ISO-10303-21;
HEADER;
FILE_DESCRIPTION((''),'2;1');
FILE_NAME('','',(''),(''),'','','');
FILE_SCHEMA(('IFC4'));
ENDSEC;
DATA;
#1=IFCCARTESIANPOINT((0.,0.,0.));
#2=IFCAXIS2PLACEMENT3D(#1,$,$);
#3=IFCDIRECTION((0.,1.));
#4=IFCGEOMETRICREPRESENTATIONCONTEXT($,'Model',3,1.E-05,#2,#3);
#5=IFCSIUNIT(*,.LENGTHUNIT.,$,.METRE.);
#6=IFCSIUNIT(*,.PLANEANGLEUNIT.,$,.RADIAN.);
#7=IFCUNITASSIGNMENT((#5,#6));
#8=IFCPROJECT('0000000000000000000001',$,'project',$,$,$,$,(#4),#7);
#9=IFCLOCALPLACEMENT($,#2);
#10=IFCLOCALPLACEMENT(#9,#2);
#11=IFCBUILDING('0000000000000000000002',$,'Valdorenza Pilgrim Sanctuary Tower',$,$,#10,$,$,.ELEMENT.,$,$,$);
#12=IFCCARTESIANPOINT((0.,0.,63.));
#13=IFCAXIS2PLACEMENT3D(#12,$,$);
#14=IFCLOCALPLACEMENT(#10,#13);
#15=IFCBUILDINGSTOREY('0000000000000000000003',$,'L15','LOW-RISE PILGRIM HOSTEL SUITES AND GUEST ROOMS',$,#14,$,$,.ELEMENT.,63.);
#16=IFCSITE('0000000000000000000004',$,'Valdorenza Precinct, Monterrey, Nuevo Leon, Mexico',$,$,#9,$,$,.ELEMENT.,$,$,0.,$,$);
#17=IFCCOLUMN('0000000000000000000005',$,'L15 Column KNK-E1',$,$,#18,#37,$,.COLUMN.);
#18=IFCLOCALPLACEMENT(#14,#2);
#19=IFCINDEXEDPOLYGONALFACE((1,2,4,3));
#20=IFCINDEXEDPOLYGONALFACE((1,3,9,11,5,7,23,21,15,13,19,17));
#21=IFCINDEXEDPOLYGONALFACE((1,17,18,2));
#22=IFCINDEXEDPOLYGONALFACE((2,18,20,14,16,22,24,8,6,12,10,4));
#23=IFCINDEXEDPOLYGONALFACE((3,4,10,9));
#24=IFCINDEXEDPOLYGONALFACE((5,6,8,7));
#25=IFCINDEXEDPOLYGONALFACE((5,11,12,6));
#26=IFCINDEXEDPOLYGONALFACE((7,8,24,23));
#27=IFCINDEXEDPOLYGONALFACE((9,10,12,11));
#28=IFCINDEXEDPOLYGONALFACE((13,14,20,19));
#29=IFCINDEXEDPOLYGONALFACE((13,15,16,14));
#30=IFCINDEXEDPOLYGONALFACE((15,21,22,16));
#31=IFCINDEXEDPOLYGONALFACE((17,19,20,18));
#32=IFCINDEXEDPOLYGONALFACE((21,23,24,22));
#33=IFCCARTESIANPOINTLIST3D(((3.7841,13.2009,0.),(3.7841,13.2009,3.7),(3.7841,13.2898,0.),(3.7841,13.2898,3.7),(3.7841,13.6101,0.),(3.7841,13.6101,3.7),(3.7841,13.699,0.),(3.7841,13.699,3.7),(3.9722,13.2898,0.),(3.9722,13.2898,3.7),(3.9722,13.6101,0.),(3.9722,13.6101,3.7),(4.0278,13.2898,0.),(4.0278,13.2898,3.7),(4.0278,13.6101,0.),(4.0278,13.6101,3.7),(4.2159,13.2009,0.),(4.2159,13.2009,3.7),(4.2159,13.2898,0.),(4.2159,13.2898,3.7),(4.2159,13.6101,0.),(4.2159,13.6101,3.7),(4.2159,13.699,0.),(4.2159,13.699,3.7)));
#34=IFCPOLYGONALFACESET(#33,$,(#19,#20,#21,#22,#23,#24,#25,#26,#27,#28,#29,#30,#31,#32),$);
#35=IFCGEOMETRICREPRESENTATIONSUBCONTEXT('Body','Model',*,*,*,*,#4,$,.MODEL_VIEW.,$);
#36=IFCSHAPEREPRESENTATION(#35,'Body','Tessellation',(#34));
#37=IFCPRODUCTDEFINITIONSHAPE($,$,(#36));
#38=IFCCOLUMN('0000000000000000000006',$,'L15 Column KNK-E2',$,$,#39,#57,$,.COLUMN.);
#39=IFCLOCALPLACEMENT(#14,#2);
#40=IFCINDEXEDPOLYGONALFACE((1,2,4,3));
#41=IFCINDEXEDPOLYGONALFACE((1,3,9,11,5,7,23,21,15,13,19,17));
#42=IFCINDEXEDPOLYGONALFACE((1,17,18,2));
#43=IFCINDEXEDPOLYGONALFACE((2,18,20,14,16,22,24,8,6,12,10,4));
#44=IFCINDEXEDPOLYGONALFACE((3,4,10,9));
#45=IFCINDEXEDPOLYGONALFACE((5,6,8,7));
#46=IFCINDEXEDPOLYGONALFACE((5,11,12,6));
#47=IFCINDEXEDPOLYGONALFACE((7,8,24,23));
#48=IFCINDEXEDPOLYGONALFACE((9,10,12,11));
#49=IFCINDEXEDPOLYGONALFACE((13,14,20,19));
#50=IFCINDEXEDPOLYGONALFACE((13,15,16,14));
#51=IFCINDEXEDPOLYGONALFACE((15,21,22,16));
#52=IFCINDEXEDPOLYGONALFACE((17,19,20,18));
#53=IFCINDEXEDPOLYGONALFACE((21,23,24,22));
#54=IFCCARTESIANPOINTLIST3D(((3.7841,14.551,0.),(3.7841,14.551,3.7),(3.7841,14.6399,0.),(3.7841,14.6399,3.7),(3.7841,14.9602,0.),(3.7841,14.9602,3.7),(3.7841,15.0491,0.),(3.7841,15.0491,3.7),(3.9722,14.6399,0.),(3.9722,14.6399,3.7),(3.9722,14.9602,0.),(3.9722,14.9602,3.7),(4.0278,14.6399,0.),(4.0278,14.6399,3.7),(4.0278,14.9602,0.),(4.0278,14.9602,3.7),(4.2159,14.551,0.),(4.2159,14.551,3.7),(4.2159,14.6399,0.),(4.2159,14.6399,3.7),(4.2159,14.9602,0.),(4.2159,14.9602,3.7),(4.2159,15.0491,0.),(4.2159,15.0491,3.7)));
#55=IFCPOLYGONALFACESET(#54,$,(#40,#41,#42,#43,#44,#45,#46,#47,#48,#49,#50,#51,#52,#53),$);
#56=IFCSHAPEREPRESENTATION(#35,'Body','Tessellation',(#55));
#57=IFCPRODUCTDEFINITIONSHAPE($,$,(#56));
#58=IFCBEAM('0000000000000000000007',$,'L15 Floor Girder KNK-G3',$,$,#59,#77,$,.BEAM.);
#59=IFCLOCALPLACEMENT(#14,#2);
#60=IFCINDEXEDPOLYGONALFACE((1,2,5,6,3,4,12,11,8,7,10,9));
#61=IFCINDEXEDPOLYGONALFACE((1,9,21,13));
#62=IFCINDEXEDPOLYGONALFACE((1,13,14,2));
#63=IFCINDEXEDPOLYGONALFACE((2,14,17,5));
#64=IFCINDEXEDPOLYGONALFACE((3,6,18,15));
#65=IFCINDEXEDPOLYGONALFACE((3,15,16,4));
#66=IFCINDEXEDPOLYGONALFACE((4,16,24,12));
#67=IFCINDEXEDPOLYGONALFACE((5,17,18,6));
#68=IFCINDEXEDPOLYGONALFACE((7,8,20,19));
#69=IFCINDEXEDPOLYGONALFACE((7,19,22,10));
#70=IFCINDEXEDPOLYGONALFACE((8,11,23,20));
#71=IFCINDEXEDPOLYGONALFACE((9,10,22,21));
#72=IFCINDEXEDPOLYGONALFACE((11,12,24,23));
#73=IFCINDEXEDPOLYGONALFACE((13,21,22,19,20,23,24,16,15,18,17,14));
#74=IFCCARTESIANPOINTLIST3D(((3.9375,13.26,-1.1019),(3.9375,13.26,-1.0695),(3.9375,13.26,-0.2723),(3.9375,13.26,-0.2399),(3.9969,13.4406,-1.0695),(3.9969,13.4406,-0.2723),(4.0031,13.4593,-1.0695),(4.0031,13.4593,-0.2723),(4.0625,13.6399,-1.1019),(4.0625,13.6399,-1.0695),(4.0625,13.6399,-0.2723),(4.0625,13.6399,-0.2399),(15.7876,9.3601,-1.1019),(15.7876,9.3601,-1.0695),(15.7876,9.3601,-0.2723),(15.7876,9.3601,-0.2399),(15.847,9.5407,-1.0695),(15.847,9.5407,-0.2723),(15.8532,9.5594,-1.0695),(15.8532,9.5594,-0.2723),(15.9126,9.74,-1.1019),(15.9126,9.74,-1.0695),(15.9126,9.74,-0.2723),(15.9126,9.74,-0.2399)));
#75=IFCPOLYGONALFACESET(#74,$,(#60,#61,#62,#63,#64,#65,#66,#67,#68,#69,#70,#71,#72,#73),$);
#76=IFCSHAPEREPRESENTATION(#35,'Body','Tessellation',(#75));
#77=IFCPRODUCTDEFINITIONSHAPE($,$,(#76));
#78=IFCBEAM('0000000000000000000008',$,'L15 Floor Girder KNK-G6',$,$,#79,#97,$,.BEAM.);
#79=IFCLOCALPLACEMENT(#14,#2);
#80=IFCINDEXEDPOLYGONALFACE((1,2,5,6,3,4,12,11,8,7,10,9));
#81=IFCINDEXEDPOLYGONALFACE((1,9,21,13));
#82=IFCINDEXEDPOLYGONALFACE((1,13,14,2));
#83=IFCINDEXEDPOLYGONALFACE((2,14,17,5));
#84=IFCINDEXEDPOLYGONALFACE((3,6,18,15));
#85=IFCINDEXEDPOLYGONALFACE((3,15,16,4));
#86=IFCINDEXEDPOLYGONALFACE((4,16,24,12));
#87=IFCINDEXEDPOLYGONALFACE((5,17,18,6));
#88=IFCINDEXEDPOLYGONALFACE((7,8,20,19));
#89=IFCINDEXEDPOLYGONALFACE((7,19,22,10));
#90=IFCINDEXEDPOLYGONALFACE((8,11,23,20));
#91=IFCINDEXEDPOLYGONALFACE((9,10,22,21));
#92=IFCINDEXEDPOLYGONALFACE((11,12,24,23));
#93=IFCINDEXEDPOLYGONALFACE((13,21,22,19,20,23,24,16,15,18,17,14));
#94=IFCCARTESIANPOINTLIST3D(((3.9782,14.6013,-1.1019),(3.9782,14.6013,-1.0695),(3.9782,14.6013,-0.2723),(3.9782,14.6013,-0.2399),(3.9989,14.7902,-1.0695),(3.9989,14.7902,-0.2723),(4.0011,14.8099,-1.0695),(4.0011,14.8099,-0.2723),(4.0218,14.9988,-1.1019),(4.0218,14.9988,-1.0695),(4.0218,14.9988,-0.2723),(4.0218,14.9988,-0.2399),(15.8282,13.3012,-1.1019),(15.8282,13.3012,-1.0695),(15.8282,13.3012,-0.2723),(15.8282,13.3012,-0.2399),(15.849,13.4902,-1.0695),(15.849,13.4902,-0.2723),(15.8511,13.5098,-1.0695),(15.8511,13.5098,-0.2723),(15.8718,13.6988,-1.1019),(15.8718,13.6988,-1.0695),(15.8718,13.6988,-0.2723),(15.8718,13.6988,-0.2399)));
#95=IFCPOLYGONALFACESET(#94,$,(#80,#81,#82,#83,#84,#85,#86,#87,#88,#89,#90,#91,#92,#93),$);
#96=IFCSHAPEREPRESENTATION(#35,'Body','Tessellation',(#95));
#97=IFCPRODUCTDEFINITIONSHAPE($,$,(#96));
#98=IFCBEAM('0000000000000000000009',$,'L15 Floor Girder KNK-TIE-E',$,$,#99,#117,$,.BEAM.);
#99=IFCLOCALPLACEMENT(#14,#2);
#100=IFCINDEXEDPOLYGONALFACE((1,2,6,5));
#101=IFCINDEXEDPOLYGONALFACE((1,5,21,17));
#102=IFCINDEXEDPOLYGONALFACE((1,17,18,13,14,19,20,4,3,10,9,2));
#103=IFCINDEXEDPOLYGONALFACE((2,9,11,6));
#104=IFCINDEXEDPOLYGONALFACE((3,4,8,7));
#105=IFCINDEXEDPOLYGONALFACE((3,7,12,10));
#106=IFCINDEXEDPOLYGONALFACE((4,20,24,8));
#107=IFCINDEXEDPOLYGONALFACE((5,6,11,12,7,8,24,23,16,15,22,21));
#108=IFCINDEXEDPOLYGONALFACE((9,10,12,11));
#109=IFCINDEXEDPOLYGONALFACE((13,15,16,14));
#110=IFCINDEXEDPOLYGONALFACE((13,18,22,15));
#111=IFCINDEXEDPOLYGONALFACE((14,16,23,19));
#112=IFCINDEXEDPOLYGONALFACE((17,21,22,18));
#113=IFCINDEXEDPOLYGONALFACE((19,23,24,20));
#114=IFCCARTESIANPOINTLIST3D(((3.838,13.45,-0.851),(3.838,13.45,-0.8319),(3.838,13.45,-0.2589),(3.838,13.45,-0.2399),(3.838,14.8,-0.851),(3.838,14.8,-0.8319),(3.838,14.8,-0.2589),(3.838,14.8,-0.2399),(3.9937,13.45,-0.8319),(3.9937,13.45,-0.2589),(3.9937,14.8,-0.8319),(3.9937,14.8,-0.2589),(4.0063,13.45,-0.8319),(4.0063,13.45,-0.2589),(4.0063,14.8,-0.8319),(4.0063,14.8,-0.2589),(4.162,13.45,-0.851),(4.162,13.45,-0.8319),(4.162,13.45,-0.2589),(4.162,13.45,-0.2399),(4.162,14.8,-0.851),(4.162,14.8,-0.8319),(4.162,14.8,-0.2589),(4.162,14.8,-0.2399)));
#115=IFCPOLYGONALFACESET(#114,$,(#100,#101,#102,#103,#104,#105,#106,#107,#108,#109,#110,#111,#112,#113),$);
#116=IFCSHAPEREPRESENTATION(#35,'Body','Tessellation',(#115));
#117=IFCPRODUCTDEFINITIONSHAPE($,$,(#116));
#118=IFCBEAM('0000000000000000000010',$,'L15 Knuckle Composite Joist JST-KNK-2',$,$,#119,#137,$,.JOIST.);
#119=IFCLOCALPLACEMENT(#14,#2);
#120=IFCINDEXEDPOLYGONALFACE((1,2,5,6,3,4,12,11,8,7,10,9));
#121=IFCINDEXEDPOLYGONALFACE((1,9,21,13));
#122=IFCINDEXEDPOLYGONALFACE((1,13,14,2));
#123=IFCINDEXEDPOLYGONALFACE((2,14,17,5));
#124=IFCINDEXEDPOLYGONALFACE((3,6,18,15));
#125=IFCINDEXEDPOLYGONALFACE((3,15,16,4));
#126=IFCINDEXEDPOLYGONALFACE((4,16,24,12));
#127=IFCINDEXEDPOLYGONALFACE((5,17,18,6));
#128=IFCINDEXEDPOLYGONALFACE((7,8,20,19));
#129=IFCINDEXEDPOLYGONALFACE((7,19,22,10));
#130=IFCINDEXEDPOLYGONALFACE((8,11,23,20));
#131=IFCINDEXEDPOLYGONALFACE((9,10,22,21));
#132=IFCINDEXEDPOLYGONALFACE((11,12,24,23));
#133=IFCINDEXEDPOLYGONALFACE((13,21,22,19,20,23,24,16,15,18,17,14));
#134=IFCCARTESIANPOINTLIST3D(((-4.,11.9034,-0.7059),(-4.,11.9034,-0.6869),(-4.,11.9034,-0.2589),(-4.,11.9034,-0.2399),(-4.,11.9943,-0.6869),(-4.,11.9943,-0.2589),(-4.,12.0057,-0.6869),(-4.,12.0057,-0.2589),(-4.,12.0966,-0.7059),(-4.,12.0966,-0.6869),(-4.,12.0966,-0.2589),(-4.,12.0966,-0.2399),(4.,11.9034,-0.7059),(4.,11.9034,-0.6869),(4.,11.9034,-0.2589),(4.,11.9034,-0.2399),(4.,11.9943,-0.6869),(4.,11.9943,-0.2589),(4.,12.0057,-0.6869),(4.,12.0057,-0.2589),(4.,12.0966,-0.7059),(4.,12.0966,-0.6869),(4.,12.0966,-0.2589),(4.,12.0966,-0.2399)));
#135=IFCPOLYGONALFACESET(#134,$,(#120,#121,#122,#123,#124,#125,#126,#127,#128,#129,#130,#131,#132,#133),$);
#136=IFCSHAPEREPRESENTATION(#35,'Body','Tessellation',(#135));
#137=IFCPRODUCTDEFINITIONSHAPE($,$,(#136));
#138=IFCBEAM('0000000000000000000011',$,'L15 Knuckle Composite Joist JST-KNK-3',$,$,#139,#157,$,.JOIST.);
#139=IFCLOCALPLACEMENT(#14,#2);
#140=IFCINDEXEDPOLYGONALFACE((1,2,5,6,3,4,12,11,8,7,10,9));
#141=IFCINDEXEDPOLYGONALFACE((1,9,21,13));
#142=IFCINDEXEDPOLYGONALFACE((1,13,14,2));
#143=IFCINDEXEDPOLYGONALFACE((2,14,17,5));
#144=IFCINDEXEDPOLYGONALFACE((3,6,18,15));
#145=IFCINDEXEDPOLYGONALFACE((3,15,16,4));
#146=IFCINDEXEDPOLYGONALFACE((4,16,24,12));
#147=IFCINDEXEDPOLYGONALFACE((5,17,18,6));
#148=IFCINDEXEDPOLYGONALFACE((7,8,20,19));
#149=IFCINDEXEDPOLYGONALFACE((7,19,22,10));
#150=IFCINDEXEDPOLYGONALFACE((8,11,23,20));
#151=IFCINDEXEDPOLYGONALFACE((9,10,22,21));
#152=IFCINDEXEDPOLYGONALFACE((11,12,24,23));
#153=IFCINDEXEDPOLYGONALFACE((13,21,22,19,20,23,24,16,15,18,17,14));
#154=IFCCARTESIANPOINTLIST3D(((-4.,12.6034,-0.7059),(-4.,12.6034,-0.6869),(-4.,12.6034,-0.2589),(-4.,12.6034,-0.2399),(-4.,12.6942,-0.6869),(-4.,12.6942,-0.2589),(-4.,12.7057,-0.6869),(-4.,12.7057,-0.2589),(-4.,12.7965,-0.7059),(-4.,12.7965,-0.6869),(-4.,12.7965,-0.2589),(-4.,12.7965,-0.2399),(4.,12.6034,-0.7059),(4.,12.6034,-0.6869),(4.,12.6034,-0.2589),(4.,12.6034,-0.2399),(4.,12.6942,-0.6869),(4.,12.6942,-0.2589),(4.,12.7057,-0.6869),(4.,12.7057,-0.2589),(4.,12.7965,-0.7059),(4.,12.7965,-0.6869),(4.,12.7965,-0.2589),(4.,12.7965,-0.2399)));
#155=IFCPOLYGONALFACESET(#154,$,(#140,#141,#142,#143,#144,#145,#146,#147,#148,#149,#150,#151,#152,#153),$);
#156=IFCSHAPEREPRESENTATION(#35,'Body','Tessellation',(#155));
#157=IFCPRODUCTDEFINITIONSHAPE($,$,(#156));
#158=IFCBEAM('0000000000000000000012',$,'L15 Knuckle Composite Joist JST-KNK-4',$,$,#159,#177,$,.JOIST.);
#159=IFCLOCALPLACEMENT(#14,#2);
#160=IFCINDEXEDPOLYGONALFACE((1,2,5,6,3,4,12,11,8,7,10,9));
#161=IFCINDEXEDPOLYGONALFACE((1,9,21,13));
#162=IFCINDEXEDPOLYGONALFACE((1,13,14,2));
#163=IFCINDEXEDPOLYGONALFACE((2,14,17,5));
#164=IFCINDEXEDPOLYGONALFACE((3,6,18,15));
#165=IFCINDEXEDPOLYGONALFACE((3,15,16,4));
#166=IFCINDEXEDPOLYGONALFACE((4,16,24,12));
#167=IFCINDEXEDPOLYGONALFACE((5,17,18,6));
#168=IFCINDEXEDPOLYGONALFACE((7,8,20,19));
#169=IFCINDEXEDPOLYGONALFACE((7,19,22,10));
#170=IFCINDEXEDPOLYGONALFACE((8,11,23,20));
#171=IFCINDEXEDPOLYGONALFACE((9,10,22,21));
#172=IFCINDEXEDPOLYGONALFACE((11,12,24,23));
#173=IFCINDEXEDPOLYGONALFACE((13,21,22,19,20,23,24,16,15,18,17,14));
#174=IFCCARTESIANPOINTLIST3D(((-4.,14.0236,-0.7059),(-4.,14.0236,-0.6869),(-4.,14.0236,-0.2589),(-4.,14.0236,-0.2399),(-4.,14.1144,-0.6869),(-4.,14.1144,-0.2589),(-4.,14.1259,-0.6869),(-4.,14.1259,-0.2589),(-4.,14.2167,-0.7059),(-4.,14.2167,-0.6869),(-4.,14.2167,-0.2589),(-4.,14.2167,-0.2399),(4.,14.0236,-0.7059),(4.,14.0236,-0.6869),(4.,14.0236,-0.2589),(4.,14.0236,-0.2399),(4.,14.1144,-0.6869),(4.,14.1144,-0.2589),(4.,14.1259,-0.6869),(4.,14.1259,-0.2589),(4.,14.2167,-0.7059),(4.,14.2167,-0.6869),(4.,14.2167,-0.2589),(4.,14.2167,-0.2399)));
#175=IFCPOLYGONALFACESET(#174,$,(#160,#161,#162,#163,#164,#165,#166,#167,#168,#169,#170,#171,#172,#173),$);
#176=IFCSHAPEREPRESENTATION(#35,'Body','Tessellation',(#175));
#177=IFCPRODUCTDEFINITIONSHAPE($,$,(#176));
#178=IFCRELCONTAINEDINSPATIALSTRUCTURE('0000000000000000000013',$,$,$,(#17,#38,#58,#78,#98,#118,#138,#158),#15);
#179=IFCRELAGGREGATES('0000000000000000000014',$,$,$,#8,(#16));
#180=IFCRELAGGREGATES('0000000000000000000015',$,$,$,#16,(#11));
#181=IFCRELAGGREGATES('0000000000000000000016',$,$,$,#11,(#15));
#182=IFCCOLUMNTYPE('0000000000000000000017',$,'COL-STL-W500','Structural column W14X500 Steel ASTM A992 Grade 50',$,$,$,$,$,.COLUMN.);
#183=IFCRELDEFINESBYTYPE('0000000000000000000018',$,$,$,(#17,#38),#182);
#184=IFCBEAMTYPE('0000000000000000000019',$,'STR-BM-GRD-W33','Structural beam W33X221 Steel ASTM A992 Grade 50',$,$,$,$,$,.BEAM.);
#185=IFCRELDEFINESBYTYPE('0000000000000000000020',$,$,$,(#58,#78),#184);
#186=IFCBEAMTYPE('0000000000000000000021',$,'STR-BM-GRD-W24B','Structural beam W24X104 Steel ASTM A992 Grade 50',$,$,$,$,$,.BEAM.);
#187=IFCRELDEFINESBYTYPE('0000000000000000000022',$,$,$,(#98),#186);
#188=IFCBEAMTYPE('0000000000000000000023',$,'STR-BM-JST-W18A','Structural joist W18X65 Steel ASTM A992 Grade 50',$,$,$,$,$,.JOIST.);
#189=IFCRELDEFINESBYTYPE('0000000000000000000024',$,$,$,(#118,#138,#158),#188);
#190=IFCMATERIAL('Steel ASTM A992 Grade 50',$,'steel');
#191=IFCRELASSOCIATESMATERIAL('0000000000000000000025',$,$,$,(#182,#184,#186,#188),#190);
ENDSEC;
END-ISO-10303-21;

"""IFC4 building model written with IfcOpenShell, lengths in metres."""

from ifc_helpers import new_model, si_unit, direction, frame, origin, origin_2d, place, context, subcontext, project, spatial, i_section, extrude, source, transform, mapped, material, material_profile, profile_set, type_object, element, save


model = new_model("IFC4")

# Units and contexts
model_context = context("Model", 3, precision=1e-05, world=origin(), true_north=direction((0.0, 1.0)))
body_context = subcontext(model_context, "Body", "Model", "MODEL_VIEW")
ifc_project = project(units=[si_unit("LENGTHUNIT", "METRE"), si_unit("PLANEANGLEUNIT", "RADIAN")], contexts=[model_context])

# Site, building, storey
site_placement = place(None, origin())
site = spatial("IfcSite", under=ifc_project, at=site_placement, Name="Valdorenza Precinct, Monterrey, Nuevo Leon, Mexico", CompositionType="ELEMENT", RefElevation=0.0)
building_placement = place(site_placement, origin())
building = spatial("IfcBuilding", under=site, at=building_placement, Name="Valdorenza Pilgrim Sanctuary Tower", CompositionType="ELEMENT")
storey_placement = place(building_placement, frame((0.0, 0.0, 63.0)))
storey = spatial("IfcBuildingStorey", under=building, at=storey_placement, Name="L15", Description="LOW-RISE PILGRIM HOSTEL SUITES AND GUEST ROOMS", CompositionType="ELEMENT", Elevation=63.0)

# Columns
ifc_material_1 = material(Name="Steel ASTM A992 Grade 50", Category="steel")
ifc_material_profile_1 = material_profile(ifc_material_1, i_section(OverallWidth=0.4319, OverallDepth=0.498, WebThickness=0.0557, FlangeThickness=0.0889, at=origin_2d()), Name="W14X500")
ifc_profile_set_1 = profile_set([ifc_material_profile_1], Name="Steel ASTM A992 Grade 50")
column_type = type_object("IfcColumnType", Name="COL-STL-W500", Description="Structural column W14X500 Steel ASTM A992 Grade 50", PredefinedType="COLUMN", material=ifc_profile_set_1)
shared_shape_1 = source(origin(), body_context, "Body", "SweptSolid", [
    extrude(i_section(OverallWidth=0.4319, OverallDepth=0.498, WebThickness=0.0557, FlangeThickness=0.0889, at=origin_2d()), origin(), (0.0, 0.0, 1.0), 3.7),
])
for number, where, z_axis, x_axis, name in (
    (1, (4.0, 13.45, 0.0), (0.0, 0.0, 1.0), (1.0, 0.0, 0.0), "L15 Column KNK-E1"),
    (2, (4.0, 14.8, 0.0), (0.0, 0.0, 1.0), (1.0, 0.0, 0.0), "L15 Column KNK-E2"),
):
    element("IfcColumn", number, at=place(storey_placement, frame(where, z_axis=z_axis, x_axis=x_axis)), inside=storey, type_object=column_type, Name=name, PredefinedType="COLUMN", context=body_context, shape_type="MappedRepresentation", body=[
        mapped(shared_shape_1, transform((0.0, 0.0, 0.0), x_axis=(1.0, 0.0, 0.0), y_axis=(0.0, 1.0, 0.0), z_axis=(0.0, 0.0, 1.0), scale=1.0)),
    ])

# Beams
ifc_material_profile_2 = material_profile(ifc_material_1, i_section(OverallWidth=0.3999, OverallDepth=0.8621, WebThickness=0.0198, FlangeThickness=0.0325, at=origin_2d()), Name="W33X221")
ifc_profile_set_2 = profile_set([ifc_material_profile_2], Name="Steel ASTM A992 Grade 50")
beam_type_1 = type_object("IfcBeamType", Name="STR-BM-GRD-W33", Description="Structural beam W33X221 Steel ASTM A992 Grade 50", PredefinedType="BEAM", material=ifc_profile_set_2)
shared_shape_2 = source(origin(), body_context, "Body", "SweptSolid", [
    extrude(i_section(OverallWidth=0.3999, OverallDepth=0.8621, WebThickness=0.0198, FlangeThickness=0.0325, at=origin_2d()), origin(), (0.0, 0.0, 1.0), 12.4753),
])
beam_1_placement = place(storey_placement, frame((4.0, 13.45, -0.6709), z_axis=(0.949882, -0.312609, 0.0), x_axis=(0.312609, 0.949882, 0.0)))
element("IfcBeam", 3, at=beam_1_placement, inside=storey, type_object=beam_type_1, Name="L15 Floor Girder KNK-G3", PredefinedType="BEAM", context=body_context, shape_type="MappedRepresentation", body=[
    mapped(shared_shape_2, transform((0.0, 0.0, 0.0), x_axis=(1.0, 0.0, 0.0), y_axis=(0.0, 1.0, 0.0), z_axis=(0.0, 0.0, 1.0), scale=1.0)),
])
shared_shape_3 = source(origin(), body_context, "Body", "SweptSolid", [
    extrude(i_section(OverallWidth=0.3999, OverallDepth=0.8621, WebThickness=0.0198, FlangeThickness=0.0325, at=origin_2d()), origin(), (0.0, 0.0, 1.0), 11.9211),
])
beam_2_placement = place(storey_placement, frame((4.0, 14.8, -0.6709), z_axis=(0.994036, -0.109054, 0.0), x_axis=(0.109054, 0.994036, 0.0)))
element("IfcBeam", 4, at=beam_2_placement, inside=storey, type_object=beam_type_1, Name="L15 Floor Girder KNK-G6", PredefinedType="BEAM", context=body_context, shape_type="MappedRepresentation", body=[
    mapped(shared_shape_3, transform((0.0, 0.0, 0.0), x_axis=(1.0, 0.0, 0.0), y_axis=(0.0, 1.0, 0.0), z_axis=(0.0, 0.0, 1.0), scale=1.0)),
])
ifc_material_profile_3 = material_profile(ifc_material_1, i_section(OverallWidth=0.324, OverallDepth=0.6111, WebThickness=0.0127, FlangeThickness=0.019, at=origin_2d()), Name="W24X104")
ifc_profile_set_3 = profile_set([ifc_material_profile_3], Name="Steel ASTM A992 Grade 50")
beam_type_2 = type_object("IfcBeamType", Name="STR-BM-GRD-W24B", Description="Structural beam W24X104 Steel ASTM A992 Grade 50", PredefinedType="BEAM", material=ifc_profile_set_3)
shared_shape_4 = source(origin(), body_context, "Body", "SweptSolid", [
    extrude(i_section(OverallWidth=0.324, OverallDepth=0.6111, WebThickness=0.0127, FlangeThickness=0.019, at=origin_2d()), origin(), (0.0, 0.0, 1.0), 1.3501),
])
beam_3_placement = place(storey_placement, frame((4.0, 13.45, -0.5454), z_axis=(0.0, 1.0, 0.0), x_axis=(-1.0, 0.0, 0.0)))
element("IfcBeam", 5, at=beam_3_placement, inside=storey, type_object=beam_type_2, Name="L15 Floor Girder KNK-TIE-E", PredefinedType="BEAM", context=body_context, shape_type="MappedRepresentation", body=[
    mapped(shared_shape_4, transform((0.0, 0.0, 0.0), x_axis=(1.0, 0.0, 0.0), y_axis=(0.0, 1.0, 0.0), z_axis=(0.0, 0.0, 1.0), scale=1.0)),
])
ifc_material_profile_4 = material_profile(ifc_material_1, i_section(OverallWidth=0.1931, OverallDepth=0.4661, WebThickness=0.0115, FlangeThickness=0.019, at=origin_2d()), Name="W18X65")
ifc_profile_set_4 = profile_set([ifc_material_profile_4], Name="Steel ASTM A992 Grade 50")
beam_type_3 = type_object("IfcBeamType", Name="STR-BM-JST-W18A", Description="Structural joist W18X65 Steel ASTM A992 Grade 50", PredefinedType="JOIST", material=ifc_profile_set_4)
shared_shape_5 = source(origin(), body_context, "Body", "SweptSolid", [
    extrude(i_section(OverallWidth=0.1931, OverallDepth=0.4661, WebThickness=0.0115, FlangeThickness=0.019, at=origin_2d()), origin(), (0.0, 0.0, 1.0), 8.0),
])
for number, where, z_axis, x_axis, name in (
    (6, (-4.0, 12.0, -0.4729), (1.0, 0.0, 0.0), (0.0, 1.0, 0.0), "L15 Knuckle Composite Joist JST-KNK-2"),
    (7, (-4.0, 12.7, -0.4729), (1.0, 0.0, 0.0), (0.0, 1.0, 0.0), "L15 Knuckle Composite Joist JST-KNK-3"),
    (8, (-4.0, 14.1201, -0.4729), (1.0, 0.0, 0.0), (0.0, 1.0, 0.0), "L15 Knuckle Composite Joist JST-KNK-4"),
):
    element("IfcBeam", number, at=place(storey_placement, frame(where, z_axis=z_axis, x_axis=x_axis)), inside=storey, type_object=beam_type_3, Name=name, PredefinedType="JOIST", context=body_context, shape_type="MappedRepresentation", body=[
        mapped(shared_shape_5, transform((0.0, 0.0, 0.0), x_axis=(1.0, 0.0, 0.0), y_axis=(0.0, 1.0, 0.0), z_axis=(0.0, 0.0, 1.0), scale=1.0)),
    ])

save(model, "model.ifc")
